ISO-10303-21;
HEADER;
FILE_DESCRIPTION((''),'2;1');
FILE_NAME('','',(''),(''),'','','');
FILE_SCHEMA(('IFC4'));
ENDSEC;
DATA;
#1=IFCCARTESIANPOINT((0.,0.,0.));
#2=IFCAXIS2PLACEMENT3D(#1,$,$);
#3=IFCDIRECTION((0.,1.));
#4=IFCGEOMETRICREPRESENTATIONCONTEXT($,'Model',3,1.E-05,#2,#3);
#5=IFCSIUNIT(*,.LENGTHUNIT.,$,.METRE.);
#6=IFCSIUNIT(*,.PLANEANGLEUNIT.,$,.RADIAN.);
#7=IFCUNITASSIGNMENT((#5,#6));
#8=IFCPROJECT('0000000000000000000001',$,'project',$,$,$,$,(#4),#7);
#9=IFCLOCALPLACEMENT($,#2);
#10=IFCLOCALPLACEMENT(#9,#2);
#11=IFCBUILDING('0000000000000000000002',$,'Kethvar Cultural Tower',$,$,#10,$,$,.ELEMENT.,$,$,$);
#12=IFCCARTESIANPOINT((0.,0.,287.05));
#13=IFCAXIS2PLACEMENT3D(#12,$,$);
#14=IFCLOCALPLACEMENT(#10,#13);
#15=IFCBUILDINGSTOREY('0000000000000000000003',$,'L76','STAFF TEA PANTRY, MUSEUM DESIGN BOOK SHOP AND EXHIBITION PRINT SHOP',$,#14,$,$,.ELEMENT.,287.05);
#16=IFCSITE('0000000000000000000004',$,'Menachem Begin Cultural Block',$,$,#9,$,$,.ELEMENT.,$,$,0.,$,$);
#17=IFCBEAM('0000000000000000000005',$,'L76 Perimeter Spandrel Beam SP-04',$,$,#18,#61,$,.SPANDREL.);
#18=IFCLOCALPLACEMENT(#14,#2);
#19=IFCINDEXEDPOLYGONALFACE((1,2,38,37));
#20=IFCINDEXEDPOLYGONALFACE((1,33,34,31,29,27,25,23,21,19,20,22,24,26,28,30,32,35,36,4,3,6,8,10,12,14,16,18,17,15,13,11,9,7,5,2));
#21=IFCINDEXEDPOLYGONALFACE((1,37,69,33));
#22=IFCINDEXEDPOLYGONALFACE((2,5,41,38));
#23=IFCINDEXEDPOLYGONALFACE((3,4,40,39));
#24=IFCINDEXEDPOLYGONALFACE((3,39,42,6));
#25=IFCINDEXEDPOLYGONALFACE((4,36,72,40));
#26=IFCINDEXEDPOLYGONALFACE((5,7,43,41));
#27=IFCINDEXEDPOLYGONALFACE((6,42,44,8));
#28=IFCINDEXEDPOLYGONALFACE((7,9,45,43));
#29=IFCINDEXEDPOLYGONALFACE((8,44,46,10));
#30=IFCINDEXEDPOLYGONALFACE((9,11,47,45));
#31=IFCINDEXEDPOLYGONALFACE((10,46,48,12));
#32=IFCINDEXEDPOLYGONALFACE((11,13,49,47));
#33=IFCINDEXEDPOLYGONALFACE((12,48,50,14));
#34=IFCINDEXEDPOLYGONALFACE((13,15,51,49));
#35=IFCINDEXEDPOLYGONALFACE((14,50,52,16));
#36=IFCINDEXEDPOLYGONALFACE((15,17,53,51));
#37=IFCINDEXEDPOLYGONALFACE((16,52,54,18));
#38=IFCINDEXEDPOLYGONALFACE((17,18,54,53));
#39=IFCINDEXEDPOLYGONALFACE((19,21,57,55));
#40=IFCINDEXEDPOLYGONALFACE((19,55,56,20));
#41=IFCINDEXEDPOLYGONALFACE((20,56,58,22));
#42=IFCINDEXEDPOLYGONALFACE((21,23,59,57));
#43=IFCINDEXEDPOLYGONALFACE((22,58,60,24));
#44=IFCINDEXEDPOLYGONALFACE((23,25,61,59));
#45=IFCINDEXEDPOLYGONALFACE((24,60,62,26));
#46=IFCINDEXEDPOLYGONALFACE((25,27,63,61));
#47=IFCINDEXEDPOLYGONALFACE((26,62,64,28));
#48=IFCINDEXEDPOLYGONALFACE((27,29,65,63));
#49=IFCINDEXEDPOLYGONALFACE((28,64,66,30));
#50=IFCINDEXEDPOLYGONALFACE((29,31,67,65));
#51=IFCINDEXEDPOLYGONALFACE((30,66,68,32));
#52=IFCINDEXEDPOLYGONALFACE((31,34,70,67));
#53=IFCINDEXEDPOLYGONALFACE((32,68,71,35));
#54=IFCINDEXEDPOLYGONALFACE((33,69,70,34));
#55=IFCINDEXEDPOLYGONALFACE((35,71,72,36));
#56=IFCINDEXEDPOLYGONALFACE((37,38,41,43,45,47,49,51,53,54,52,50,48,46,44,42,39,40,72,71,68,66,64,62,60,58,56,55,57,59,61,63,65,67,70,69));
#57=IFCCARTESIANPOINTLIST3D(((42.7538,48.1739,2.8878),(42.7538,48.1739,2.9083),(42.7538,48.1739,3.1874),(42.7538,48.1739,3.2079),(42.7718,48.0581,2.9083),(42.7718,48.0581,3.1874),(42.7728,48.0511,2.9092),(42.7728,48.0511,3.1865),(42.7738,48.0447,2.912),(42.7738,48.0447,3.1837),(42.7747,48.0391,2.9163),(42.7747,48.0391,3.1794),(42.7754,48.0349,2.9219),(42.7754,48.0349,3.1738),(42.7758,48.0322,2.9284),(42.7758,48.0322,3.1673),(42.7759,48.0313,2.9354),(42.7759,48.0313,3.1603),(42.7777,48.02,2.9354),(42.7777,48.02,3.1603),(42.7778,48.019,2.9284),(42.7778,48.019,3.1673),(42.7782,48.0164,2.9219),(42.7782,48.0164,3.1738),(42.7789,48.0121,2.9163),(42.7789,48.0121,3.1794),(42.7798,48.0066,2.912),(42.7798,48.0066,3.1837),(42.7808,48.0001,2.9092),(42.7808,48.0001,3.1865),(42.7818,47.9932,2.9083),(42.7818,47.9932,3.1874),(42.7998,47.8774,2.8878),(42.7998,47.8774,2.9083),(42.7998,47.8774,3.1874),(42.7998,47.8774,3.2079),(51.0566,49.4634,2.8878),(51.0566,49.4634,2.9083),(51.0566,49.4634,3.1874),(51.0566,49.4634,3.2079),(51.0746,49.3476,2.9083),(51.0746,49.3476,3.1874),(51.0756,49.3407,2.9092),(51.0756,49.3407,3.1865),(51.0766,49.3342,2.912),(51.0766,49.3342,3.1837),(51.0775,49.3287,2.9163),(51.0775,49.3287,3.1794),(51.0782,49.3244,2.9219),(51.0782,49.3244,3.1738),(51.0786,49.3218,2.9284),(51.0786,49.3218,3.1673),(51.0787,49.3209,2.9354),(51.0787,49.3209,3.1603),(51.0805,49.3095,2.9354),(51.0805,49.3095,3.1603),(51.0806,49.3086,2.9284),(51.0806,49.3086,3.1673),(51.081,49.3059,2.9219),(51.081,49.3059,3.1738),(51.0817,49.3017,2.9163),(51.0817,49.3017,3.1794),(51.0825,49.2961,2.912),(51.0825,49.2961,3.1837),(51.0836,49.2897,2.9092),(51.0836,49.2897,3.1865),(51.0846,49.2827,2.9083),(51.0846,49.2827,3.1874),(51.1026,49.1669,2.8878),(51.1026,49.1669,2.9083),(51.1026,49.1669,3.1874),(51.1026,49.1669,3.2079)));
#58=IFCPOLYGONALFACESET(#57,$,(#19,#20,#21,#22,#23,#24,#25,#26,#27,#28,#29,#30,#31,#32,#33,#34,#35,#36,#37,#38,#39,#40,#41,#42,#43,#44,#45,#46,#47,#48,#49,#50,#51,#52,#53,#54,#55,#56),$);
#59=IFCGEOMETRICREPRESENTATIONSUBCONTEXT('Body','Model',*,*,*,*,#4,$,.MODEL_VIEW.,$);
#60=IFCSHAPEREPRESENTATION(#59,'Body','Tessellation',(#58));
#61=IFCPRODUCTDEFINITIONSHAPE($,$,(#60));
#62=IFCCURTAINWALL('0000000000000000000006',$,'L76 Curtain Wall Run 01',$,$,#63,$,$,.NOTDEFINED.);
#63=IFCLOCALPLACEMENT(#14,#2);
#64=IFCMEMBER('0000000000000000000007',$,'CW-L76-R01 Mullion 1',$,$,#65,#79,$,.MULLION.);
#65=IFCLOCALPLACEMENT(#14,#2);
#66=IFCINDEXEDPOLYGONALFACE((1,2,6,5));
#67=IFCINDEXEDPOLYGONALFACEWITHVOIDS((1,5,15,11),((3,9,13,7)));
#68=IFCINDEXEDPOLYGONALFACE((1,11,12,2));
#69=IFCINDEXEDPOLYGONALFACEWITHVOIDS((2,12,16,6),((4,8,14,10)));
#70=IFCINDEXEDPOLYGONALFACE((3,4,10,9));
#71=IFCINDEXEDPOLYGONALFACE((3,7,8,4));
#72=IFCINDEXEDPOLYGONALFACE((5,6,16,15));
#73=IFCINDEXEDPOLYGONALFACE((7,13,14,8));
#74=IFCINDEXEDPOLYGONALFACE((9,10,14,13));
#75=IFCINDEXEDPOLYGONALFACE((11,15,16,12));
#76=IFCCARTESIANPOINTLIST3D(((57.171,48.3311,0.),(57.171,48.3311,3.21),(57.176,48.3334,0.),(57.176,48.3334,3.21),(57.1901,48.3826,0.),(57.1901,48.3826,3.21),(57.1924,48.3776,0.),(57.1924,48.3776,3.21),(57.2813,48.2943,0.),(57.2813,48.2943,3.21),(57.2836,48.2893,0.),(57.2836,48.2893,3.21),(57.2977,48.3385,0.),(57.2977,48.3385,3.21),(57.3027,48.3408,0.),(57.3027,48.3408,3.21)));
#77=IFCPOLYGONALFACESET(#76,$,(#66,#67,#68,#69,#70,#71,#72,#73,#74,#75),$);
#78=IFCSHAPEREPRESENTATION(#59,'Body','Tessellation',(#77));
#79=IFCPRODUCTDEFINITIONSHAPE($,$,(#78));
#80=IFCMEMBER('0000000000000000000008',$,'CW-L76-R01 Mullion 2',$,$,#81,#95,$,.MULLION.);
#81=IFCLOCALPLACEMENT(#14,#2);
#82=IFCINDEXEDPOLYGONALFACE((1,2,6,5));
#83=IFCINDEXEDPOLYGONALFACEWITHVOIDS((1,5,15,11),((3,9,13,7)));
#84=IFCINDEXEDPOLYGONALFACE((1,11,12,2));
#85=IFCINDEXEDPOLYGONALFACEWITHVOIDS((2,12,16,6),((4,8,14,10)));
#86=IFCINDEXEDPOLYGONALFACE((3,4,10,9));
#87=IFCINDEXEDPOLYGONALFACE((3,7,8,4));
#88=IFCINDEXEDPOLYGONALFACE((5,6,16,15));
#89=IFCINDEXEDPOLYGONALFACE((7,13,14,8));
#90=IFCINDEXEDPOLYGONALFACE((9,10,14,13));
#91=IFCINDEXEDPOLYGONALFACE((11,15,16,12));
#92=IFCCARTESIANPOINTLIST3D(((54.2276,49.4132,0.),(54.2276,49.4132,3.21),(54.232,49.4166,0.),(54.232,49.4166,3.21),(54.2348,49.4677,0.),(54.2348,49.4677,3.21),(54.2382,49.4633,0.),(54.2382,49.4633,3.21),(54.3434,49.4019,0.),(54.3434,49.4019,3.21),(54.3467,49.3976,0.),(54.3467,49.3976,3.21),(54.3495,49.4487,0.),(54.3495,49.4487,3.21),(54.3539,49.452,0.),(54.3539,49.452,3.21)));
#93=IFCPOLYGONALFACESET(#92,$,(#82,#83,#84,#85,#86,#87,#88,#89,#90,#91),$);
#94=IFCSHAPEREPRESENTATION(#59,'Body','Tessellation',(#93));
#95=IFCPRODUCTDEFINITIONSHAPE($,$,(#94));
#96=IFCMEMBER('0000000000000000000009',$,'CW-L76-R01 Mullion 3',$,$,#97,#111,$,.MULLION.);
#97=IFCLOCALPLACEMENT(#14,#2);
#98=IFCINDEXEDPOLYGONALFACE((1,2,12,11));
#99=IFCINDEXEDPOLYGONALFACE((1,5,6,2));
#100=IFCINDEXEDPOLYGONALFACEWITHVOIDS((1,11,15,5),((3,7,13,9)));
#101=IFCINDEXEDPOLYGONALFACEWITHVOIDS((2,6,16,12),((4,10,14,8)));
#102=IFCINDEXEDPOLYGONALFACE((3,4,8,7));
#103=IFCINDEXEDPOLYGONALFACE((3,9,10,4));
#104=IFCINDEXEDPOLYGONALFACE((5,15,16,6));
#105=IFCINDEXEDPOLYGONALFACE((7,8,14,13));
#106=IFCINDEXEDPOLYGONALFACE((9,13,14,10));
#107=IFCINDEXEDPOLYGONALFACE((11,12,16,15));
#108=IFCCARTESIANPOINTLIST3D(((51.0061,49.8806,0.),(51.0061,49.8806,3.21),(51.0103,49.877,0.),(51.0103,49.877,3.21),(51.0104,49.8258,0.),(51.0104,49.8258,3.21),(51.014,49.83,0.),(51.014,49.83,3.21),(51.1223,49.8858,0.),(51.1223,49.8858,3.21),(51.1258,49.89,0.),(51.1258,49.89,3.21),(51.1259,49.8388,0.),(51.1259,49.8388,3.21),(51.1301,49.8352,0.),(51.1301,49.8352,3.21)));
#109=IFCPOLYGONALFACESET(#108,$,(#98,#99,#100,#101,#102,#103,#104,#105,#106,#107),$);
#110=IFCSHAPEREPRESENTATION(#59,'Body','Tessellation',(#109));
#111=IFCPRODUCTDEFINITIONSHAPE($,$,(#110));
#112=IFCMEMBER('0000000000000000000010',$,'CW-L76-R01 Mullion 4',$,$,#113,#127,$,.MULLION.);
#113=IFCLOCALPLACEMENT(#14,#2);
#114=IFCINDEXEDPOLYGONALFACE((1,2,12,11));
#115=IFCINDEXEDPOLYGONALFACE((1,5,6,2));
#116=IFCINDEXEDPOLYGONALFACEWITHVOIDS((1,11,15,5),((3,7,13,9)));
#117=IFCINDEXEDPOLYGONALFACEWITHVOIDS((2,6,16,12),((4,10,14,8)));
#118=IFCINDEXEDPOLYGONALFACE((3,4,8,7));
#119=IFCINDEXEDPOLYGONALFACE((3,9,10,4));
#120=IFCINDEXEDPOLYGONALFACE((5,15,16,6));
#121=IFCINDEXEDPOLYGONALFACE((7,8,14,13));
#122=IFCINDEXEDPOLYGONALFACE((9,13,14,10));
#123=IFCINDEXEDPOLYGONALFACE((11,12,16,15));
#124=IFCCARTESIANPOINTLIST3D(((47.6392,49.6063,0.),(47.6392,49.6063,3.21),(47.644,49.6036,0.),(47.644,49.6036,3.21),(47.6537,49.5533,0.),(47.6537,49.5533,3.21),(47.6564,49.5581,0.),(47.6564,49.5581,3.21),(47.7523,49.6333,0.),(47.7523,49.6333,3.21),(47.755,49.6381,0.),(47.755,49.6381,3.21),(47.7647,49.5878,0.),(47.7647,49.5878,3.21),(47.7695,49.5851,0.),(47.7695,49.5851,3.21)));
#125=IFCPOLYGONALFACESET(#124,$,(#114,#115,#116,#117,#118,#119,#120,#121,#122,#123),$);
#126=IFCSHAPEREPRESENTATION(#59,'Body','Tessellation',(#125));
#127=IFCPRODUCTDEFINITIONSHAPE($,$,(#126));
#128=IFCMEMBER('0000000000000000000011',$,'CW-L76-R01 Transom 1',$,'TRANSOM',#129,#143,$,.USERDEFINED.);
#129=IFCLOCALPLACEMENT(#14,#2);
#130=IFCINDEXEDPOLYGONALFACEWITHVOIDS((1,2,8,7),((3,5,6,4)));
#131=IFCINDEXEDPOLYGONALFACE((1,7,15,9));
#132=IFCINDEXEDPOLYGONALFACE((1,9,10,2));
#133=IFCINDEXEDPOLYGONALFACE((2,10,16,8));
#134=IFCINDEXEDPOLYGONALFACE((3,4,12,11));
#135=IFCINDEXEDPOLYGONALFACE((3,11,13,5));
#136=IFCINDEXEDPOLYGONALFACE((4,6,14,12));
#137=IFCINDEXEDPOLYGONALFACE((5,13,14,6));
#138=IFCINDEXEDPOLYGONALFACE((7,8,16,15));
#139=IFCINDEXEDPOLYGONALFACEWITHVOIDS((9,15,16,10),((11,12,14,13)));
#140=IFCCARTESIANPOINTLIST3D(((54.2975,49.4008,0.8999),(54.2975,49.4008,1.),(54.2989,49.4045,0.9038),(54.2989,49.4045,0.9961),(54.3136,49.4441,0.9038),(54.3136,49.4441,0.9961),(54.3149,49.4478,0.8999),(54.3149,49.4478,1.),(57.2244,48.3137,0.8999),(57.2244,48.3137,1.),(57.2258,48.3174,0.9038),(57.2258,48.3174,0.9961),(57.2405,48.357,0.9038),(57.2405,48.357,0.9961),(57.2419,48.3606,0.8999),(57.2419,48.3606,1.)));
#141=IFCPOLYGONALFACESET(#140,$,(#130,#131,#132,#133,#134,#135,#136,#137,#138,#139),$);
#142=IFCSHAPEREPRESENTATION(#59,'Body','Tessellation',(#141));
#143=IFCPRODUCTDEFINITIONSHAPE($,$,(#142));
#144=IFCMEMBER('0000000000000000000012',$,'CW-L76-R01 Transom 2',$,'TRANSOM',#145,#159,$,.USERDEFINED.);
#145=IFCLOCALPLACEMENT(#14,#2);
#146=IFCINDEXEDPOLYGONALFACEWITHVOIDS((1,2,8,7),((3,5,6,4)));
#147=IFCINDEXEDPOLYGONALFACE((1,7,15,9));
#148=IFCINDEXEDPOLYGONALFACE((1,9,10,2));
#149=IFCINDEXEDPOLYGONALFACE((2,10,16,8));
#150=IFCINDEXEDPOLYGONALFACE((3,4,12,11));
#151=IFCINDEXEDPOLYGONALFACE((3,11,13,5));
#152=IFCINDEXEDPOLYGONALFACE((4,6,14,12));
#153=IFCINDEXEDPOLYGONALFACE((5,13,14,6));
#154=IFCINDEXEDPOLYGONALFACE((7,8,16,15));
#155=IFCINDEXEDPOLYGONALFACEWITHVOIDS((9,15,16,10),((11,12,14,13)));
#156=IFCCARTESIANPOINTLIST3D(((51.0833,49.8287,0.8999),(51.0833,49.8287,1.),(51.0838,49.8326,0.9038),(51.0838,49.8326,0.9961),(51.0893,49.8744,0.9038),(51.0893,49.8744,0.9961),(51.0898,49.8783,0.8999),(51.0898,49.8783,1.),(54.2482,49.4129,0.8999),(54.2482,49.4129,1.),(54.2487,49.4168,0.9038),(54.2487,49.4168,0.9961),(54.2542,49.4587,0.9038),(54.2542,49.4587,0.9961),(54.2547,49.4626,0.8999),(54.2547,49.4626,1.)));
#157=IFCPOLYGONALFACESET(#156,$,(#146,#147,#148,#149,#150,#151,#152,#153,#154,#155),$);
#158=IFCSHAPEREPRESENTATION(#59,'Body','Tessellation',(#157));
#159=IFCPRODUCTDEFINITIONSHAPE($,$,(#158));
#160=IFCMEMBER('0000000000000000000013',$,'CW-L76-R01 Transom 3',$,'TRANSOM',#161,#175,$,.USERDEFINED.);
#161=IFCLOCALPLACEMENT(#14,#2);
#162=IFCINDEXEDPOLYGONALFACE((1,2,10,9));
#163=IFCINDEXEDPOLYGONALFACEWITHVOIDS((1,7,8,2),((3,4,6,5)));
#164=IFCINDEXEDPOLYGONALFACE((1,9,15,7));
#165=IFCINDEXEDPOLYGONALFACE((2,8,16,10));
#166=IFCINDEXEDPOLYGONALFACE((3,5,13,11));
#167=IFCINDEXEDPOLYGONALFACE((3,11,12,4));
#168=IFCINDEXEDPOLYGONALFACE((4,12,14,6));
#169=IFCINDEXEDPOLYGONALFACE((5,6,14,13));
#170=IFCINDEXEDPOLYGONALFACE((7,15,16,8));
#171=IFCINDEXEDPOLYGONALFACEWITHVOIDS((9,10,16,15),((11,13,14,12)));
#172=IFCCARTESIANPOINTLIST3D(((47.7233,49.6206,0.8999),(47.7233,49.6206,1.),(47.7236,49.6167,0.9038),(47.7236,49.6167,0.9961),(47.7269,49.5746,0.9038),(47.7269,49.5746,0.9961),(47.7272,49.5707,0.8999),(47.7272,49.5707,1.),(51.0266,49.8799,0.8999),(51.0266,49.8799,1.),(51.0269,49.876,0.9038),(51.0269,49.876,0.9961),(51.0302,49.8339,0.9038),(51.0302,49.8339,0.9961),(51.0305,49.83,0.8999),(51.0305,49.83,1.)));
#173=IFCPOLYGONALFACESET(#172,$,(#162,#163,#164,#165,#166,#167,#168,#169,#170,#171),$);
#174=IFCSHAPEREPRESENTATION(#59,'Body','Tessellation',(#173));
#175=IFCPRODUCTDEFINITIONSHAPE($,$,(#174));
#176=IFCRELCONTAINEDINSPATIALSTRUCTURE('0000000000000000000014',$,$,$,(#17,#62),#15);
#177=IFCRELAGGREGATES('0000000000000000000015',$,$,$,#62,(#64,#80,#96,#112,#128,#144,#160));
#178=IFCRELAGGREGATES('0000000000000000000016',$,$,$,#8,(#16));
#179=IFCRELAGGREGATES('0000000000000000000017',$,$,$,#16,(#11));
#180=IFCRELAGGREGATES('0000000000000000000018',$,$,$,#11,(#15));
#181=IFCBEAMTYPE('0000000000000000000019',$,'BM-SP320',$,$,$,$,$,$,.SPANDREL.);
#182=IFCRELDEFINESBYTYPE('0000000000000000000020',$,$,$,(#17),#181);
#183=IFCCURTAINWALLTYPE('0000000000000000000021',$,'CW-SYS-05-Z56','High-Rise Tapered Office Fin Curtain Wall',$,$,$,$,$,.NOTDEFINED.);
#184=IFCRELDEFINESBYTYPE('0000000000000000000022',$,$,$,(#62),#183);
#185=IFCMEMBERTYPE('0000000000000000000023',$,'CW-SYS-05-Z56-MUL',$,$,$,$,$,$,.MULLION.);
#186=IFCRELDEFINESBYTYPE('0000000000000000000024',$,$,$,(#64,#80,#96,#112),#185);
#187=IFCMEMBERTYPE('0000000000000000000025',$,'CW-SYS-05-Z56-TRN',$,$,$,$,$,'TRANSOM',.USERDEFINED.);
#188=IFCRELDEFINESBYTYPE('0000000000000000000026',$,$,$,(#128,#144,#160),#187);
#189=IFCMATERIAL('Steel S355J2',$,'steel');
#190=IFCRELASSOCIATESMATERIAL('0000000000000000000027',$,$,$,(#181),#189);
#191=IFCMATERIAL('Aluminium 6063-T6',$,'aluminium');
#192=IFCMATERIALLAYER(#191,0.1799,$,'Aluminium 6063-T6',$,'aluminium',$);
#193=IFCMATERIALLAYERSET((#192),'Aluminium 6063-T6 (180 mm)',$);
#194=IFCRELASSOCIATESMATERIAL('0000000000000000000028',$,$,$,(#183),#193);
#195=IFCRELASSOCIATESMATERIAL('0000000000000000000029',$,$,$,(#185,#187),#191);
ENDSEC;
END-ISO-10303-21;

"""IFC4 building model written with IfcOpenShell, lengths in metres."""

from ifc_helpers import new_model, si_unit, direction, frame, origin, origin_2d, place, context, subcontext, project, spatial, hollow_rectangle, i_section, extrude, source, transform, mapped, material, layer, layer_set, material_profile, profile_set, type_object, element, aggregate, save


model = new_model("IFC4")

# Units and contexts
model_context = context("Model", 3, precision=1e-05, world=origin(), true_north=direction((0.0, 1.0)))
body_context = subcontext(model_context, "Body", "Model", "MODEL_VIEW")
ifc_project = project(units=[si_unit("LENGTHUNIT", "METRE"), si_unit("PLANEANGLEUNIT", "RADIAN")], contexts=[model_context])

# Site, building, storey
site_placement = place(None, origin())
site = spatial("IfcSite", under=ifc_project, at=site_placement, Name="Menachem Begin Cultural Block", CompositionType="ELEMENT", RefElevation=0.0)
building_placement = place(site_placement, origin())
building = spatial("IfcBuilding", under=site, at=building_placement, Name="Kethvar Cultural Tower", CompositionType="ELEMENT")
storey_placement = place(building_placement, frame((0.0, 0.0, 287.05)))
storey = spatial("IfcBuildingStorey", under=building, at=storey_placement, Name="L76", Description="STAFF TEA PANTRY, MUSEUM DESIGN BOOK SHOP AND EXHIBITION PRINT SHOP", CompositionType="ELEMENT", Elevation=287.05)

# Shared definitions
ifc_material_1 = material(Name="Steel S355J2", Category="steel")

# Beam
ifc_material_profile_1 = material_profile(ifc_material_1, i_section(OverallWidth=0.3, OverallDepth=0.3201, WebThickness=0.0115, FlangeThickness=0.0205, FilletRadius=0.0271, at=origin_2d()), Name="Steel S355J2 — HEB320")
ifc_profile_set_1 = profile_set([ifc_material_profile_1], Name="Steel S355J2 — HEB320")
beam_type_1 = type_object("IfcBeamType", Name="BM-SP320", PredefinedType="SPANDREL", material=ifc_profile_set_1)
shared_shape_1 = source(origin(), body_context, "Body", "SweptSolid", [
    extrude(i_section(OverallWidth=0.3, OverallDepth=0.3201, WebThickness=0.0115, FlangeThickness=0.0205, FilletRadius=0.0271, at=origin_2d()), origin(), (0.0, 0.0, 1.0), 8.4023),
])
beam_1_placement = place(storey_placement, frame((51.0796, 49.3152, 3.0479), z_axis=(-0.988152, -0.153476, 0.0), x_axis=(0.153476, -0.988152, 0.0)))
element("IfcBeam", 1, at=beam_1_placement, inside=storey, type_object=beam_type_1, Name="L76 Perimeter Spandrel Beam SP-04", PredefinedType="SPANDREL", context=body_context, shape_type="MappedRepresentation", body=[
    mapped(shared_shape_1, transform((0.0, 0.0, 0.0), scale=1.0)),
])

# Curtain wall, members
ifc_material_2 = material(Name="Aluminium 6063-T6", Category="aluminium")
ifc_layer_1 = layer(ifc_material_2, 0.1799, Name="Aluminium 6063-T6", Category="aluminium")
ifc_layer_set_1 = layer_set([ifc_layer_1], Name="Aluminium 6063-T6 (180 mm)")
curtain_wall_type = type_object("IfcCurtainWallType", Name="CW-SYS-05-Z56", Description="High-Rise Tapered Office Fin Curtain Wall", PredefinedType="NOTDEFINED", material=ifc_layer_set_1)
curtain_wall_placement = place(storey_placement, origin())
curtain_wall = element("IfcCurtainWall", 2, at=curtain_wall_placement, inside=storey, type_object=curtain_wall_type, Name="L76 Curtain Wall Run 01", PredefinedType="NOTDEFINED")
ifc_material_profile_2 = material_profile(ifc_material_2, hollow_rectangle(XDim=0.0549, YDim=0.1201, WallThickness=0.0039, at=origin_2d()), Name="Aluminium 6063-T6 — RHS120x55x4")
ifc_profile_set_2 = profile_set([ifc_material_profile_2], Name="Aluminium 6063-T6 — RHS120x55x4")
member_type_1 = type_object("IfcMemberType", Name="CW-SYS-05-Z56-MUL", PredefinedType="MULLION", material=ifc_profile_set_2)
shared_shape_2 = source(origin(), body_context, "Body", "SweptSolid", [
    extrude(hollow_rectangle(XDim=0.0549, YDim=0.1201, WallThickness=0.0039, at=origin_2d()), origin(), (0.0, 0.0, 1.0), 3.21),
])
member_1_placement = place(storey_placement, frame((57.2368, 48.3359, 0.0), z_axis=(0.0, 0.0, 1.0), x_axis=(-0.34813, -0.937446, 0.0)))
member_1 = element("IfcMember", 3, at=member_1_placement, type_object=member_type_1, Name="CW-L76-R01 Mullion 1", PredefinedType="MULLION", context=body_context, shape_type="MappedRepresentation", body=[
    mapped(shared_shape_2, transform((0.0, 0.0, 0.0), scale=1.0)),
])
member_2_placement = place(storey_placement, frame((54.2908, 49.4326, 0.0), z_axis=(0.0, 0.0, 1.0), x_axis=(-0.130215, -0.991486, 0.0)))
member_2 = element("IfcMember", 4, at=member_2_placement, type_object=member_type_1, Name="CW-L76-R01 Mullion 2", PredefinedType="MULLION", context=body_context, shape_type="MappedRepresentation", body=[
    mapped(shared_shape_2, transform((0.0, 0.0, 0.0), scale=1.0)),
])
member_3_placement = place(storey_placement, frame((51.0681, 49.8579, 0.0), z_axis=(0.0, 0.0, 1.0), x_axis=(0.07825, -0.996934, 0.0)))
member_3 = element("IfcMember", 5, at=member_3_placement, type_object=member_type_1, Name="CW-L76-R01 Mullion 3", PredefinedType="MULLION", context=body_context, shape_type="MappedRepresentation", body=[
    mapped(shared_shape_2, transform((0.0, 0.0, 0.0), scale=1.0)),
])
member_4_placement = place(storey_placement, frame((47.7043, 49.5957, 0.0), z_axis=(0.0, 0.0, 1.0), x_axis=(0.26421, -0.964465, 0.0)))
member_4 = element("IfcMember", 6, at=member_4_placement, type_object=member_type_1, Name="CW-L76-R01 Mullion 4", PredefinedType="MULLION", context=body_context, shape_type="MappedRepresentation", body=[
    mapped(shared_shape_2, transform((0.0, 0.0, 0.0), scale=1.0)),
])
ifc_material_profile_3 = material_profile(ifc_material_2, hollow_rectangle(XDim=0.05, YDim=0.1001, WallThickness=0.0039, at=origin_2d()), Name="Aluminium 6063-T6 — RHS100x50x4")
ifc_profile_set_3 = profile_set([ifc_material_profile_3], Name="Aluminium 6063-T6 — RHS100x50x4")
member_type_2 = type_object("IfcMemberType", Name="CW-SYS-05-Z56-TRN", ElementType="TRANSOM", PredefinedType="USERDEFINED", material=ifc_profile_set_3)
shared_shape_3 = source(origin(), body_context, "Body", "SweptSolid", [
    extrude(hollow_rectangle(XDim=0.05, YDim=0.1001, WallThickness=0.0039, at=origin_2d()), origin(), (0.0, 0.0, 1.0), 3.1223),
])
member_5_placement = place(storey_placement, frame((57.2332, 48.3372, 0.95), z_axis=(-0.937427, 0.348183, 0.0), x_axis=(-0.348183, -0.937427, 0.0)))
member_5 = element("IfcMember", 7, at=member_5_placement, type_object=member_type_2, Name="CW-L76-R01 Transom 1", ObjectType="TRANSOM", PredefinedType="USERDEFINED", context=body_context, shape_type="MappedRepresentation", body=[
    mapped(shared_shape_3, transform((0.0, 0.0, 0.0), scale=1.0)),
])
shared_shape_4 = source(origin(), body_context, "Body", "SweptSolid", [
    extrude(hollow_rectangle(XDim=0.05, YDim=0.1001, WallThickness=0.0039, at=origin_2d()), origin(), (0.0, 0.0, 1.0), 3.1921),
])
member_6_placement = place(storey_placement, frame((54.2515, 49.4377, 0.95), z_axis=(-0.991482, 0.130245, 0.0), x_axis=(-0.130245, -0.991482, 0.0)))
member_6 = element("IfcMember", 8, at=member_6_placement, type_object=member_type_2, Name="CW-L76-R01 Transom 2", ObjectType="TRANSOM", PredefinedType="USERDEFINED", context=body_context, shape_type="MappedRepresentation", body=[
    mapped(shared_shape_4, transform((0.0, 0.0, 0.0), scale=1.0)),
])
shared_shape_5 = source(origin(), body_context, "Body", "SweptSolid", [
    extrude(hollow_rectangle(XDim=0.05, YDim=0.1001, WallThickness=0.0039, at=origin_2d()), origin(), (0.0, 0.0, 1.0), 3.3135),
])
member_7_placement = place(storey_placement, frame((51.0286, 49.855, 0.95), z_axis=(-0.996934, -0.078252, 0.0), x_axis=(0.078252, -0.996934, 0.0)))
member_7 = element("IfcMember", 9, at=member_7_placement, type_object=member_type_2, Name="CW-L76-R01 Transom 3", ObjectType="TRANSOM", PredefinedType="USERDEFINED", context=body_context, shape_type="MappedRepresentation", body=[
    mapped(shared_shape_5, transform((0.0, 0.0, 0.0), scale=1.0)),
])
aggregate(curtain_wall, [member_1, member_2, member_3, member_4, member_5, member_6, member_7])

save(model, "model.ifc")
